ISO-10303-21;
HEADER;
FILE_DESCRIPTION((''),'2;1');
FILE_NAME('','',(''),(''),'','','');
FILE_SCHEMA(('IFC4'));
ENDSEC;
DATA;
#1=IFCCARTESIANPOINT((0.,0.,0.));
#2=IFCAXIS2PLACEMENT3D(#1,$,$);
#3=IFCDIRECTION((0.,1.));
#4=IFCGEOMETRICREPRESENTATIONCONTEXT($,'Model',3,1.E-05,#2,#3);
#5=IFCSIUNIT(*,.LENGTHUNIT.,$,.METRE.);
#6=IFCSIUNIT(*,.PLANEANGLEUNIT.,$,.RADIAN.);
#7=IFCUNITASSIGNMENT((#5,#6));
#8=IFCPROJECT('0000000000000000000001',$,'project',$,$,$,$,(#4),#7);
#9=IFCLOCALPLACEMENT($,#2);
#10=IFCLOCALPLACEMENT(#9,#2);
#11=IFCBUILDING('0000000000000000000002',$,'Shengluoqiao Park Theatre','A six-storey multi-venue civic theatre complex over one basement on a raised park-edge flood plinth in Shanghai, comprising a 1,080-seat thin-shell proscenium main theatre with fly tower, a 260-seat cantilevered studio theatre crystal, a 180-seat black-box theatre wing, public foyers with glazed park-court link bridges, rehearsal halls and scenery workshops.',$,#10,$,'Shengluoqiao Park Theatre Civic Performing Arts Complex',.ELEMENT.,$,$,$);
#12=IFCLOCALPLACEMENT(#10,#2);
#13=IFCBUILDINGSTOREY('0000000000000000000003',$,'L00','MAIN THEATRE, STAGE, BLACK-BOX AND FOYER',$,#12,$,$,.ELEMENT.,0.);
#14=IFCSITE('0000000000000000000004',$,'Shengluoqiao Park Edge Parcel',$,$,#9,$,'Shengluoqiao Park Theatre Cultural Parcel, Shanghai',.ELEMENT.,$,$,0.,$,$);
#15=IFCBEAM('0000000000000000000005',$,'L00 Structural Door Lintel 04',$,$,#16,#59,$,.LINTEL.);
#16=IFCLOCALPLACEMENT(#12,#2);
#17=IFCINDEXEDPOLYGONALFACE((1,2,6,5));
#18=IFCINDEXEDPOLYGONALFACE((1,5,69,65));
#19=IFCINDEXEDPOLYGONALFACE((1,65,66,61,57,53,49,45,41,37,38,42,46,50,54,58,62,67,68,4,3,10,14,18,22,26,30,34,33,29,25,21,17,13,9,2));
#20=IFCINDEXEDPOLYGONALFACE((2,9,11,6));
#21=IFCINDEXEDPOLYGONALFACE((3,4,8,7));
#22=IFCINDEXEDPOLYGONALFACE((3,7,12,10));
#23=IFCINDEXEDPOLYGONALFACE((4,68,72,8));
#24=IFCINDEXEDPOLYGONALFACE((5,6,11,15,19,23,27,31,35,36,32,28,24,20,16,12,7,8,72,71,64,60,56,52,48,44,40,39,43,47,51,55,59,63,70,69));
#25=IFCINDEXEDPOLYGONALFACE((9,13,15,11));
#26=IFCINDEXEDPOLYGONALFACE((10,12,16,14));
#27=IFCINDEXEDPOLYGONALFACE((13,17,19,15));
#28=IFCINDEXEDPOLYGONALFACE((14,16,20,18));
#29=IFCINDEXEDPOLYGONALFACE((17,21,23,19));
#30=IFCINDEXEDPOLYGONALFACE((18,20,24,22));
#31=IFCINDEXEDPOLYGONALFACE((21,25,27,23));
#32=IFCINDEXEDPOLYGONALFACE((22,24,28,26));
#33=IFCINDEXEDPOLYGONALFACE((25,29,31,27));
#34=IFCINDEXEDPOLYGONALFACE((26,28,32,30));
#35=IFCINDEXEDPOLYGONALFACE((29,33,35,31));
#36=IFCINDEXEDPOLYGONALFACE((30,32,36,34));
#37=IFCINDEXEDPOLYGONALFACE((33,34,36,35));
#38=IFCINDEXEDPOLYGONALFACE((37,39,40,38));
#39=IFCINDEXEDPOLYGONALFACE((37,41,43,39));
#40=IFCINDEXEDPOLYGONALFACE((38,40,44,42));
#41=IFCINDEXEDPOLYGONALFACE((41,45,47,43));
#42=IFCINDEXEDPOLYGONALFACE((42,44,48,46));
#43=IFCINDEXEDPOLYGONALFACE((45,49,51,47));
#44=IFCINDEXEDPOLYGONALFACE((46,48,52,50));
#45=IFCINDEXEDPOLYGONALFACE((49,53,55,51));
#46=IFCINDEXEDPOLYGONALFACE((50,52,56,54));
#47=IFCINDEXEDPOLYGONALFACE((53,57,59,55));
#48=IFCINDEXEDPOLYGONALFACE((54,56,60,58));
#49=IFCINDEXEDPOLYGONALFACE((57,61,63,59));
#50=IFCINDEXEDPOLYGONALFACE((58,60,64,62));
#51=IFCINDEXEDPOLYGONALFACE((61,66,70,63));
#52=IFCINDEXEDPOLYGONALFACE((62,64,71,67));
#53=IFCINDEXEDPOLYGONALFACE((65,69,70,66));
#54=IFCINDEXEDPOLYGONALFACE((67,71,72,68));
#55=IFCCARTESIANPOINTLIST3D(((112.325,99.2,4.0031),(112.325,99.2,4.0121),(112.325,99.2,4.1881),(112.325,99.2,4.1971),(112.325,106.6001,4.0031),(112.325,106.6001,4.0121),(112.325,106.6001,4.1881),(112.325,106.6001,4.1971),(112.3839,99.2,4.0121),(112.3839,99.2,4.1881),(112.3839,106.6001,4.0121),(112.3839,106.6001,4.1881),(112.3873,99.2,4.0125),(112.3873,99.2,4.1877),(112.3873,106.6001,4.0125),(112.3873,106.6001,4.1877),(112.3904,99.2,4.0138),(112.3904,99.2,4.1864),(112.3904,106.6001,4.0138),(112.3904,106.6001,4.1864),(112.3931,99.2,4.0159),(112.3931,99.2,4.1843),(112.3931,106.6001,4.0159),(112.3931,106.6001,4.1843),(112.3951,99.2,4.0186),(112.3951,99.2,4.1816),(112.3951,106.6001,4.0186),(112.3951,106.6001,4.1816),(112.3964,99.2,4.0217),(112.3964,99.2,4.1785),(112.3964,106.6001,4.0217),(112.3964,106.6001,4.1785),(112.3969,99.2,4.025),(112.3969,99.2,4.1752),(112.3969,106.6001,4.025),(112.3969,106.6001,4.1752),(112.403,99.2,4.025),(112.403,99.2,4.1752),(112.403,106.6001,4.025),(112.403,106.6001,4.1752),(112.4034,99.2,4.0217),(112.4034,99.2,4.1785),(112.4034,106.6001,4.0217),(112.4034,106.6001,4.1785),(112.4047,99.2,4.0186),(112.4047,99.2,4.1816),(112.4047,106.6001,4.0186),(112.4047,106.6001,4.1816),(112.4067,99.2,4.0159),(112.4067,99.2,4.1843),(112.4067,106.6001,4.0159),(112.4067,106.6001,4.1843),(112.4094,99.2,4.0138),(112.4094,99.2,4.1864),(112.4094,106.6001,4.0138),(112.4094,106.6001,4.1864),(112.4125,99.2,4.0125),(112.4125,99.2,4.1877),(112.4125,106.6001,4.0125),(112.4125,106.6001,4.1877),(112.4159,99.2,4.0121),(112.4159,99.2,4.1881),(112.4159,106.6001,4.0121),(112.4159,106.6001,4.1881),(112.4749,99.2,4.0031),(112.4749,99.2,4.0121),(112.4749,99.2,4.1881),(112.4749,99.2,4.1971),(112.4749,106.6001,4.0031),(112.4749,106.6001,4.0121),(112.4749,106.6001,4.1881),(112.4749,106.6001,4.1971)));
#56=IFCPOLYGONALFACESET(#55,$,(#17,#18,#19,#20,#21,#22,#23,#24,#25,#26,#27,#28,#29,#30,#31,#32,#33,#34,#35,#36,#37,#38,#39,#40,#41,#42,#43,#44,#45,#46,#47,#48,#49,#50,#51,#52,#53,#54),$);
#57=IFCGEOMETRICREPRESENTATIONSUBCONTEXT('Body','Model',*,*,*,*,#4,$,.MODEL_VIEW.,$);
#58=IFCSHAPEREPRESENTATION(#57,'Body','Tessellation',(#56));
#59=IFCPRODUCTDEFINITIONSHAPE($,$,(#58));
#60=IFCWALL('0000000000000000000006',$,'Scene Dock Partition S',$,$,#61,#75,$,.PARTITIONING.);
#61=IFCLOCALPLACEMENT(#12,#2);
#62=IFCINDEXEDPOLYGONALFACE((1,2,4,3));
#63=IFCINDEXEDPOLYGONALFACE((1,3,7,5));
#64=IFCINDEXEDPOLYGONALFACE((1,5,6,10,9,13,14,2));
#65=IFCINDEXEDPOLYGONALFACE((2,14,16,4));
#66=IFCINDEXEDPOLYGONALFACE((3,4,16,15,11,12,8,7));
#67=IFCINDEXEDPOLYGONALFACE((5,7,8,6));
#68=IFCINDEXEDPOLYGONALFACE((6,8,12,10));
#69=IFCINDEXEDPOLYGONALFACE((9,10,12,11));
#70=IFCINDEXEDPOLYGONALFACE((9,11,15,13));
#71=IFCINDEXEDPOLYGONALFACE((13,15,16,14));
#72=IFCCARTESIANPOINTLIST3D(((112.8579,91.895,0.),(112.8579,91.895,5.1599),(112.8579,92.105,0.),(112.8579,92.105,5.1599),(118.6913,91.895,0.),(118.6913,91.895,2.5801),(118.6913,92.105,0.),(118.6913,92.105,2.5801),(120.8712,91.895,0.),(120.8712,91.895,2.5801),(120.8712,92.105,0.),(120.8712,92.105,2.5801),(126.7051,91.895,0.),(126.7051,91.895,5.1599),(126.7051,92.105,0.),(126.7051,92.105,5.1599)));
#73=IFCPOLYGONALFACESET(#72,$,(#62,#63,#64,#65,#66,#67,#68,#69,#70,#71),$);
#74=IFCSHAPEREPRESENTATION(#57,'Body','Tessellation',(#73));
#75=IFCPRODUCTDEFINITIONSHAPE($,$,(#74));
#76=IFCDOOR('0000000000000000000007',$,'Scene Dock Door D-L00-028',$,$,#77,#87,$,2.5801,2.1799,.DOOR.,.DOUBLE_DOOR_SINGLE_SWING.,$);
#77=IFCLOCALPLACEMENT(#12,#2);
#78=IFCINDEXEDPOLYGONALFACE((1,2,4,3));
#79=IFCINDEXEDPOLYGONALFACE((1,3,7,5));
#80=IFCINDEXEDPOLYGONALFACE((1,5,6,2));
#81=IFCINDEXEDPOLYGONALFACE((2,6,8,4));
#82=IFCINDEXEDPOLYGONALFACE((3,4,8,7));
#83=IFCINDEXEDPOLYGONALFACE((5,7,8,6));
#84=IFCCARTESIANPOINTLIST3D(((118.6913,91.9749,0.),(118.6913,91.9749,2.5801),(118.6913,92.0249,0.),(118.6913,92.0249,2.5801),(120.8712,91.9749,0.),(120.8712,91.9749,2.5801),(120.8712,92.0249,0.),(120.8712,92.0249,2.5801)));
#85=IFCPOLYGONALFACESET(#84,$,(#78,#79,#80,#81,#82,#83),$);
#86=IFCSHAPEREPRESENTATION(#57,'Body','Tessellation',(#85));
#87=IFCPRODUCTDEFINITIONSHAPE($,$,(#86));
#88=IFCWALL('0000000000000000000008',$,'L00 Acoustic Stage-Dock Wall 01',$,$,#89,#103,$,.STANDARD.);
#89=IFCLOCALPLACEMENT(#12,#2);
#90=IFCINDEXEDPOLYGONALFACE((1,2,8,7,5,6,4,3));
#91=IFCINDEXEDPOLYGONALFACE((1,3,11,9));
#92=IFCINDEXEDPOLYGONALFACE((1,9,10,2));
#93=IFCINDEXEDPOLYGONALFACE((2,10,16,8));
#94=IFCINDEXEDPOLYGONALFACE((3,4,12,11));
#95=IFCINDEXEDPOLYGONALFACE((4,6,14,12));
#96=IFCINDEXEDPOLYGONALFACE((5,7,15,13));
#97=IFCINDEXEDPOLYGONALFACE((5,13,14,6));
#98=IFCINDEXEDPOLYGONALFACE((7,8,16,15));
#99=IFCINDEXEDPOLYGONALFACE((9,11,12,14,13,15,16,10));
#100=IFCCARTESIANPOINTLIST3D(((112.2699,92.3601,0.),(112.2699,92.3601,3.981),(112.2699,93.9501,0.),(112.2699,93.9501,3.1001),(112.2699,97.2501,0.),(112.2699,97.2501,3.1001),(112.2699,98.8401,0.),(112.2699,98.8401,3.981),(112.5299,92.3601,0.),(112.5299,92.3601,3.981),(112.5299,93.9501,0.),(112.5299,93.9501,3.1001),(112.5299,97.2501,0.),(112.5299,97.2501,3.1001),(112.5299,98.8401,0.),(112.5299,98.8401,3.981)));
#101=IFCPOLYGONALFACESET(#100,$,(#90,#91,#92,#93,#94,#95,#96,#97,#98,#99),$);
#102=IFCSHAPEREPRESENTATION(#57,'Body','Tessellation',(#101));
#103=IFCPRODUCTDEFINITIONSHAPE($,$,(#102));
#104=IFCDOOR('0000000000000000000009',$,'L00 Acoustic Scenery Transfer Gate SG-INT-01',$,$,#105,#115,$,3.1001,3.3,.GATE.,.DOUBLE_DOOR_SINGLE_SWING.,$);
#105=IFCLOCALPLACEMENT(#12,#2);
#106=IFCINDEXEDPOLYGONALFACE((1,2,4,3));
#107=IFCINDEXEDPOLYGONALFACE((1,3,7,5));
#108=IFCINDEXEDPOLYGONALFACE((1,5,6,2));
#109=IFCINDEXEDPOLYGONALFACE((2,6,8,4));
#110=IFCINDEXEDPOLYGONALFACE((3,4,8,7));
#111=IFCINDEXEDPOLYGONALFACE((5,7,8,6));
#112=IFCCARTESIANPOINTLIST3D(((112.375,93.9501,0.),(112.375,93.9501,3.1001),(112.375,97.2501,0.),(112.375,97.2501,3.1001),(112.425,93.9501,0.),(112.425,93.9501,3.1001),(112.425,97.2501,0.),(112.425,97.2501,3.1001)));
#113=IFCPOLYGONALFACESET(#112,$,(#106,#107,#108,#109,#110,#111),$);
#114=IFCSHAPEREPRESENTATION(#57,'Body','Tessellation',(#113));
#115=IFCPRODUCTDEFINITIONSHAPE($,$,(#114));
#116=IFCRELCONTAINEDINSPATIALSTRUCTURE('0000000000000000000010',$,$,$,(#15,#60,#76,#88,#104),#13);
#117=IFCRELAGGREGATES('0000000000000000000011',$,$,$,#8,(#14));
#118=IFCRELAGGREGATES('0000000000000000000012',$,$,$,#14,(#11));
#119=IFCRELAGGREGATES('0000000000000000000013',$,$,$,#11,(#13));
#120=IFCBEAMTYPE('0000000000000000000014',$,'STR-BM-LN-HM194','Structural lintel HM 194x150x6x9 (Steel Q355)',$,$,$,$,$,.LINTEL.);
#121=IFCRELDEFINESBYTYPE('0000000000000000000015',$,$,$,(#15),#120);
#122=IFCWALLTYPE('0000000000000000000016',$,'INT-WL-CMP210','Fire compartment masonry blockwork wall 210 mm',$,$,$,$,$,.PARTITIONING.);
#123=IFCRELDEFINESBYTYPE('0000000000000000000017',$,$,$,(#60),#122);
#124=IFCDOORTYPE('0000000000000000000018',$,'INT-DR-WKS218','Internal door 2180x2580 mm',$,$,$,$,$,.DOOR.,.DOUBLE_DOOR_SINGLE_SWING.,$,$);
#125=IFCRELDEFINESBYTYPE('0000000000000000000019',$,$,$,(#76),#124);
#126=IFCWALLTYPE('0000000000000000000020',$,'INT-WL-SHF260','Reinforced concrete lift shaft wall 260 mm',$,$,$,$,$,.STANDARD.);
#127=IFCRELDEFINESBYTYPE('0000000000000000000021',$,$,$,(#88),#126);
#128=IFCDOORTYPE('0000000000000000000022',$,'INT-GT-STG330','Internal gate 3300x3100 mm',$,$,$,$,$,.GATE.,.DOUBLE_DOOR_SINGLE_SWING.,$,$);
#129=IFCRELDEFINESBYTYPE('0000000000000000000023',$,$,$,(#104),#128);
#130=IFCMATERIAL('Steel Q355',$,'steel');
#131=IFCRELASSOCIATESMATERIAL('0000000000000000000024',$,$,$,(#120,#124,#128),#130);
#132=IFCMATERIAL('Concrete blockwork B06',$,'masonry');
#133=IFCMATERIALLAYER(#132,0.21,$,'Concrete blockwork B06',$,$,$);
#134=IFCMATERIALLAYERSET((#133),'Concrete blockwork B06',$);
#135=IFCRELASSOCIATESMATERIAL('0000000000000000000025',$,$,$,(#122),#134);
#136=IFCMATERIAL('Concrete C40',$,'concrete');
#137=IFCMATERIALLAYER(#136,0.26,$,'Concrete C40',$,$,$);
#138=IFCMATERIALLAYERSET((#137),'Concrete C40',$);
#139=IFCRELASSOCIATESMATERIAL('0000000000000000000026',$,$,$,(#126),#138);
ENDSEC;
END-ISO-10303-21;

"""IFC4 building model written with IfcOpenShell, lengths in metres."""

from ifc_helpers import new_model, si_unit, direction, frame, frame_2d, origin, origin_2d, place, context, subcontext, project, spatial, rectangle, i_section, extrude, material, layer, layer_set, material_profile, profile_set, type_object, element, fill, save


model = new_model("IFC4")

# Units and contexts
model_context = context("Model", 3, precision=1e-05, world=origin(), true_north=direction((0.0, 1.0)))
body_context = subcontext(model_context, "Body", "Model", "MODEL_VIEW")
ifc_project = project(units=[si_unit("LENGTHUNIT", "METRE"), si_unit("PLANEANGLEUNIT", "RADIAN")], contexts=[model_context])

# Site, building, storey
site_placement = place(None, origin())
site = spatial("IfcSite", under=ifc_project, at=site_placement, Name="Shengluoqiao Park Edge Parcel", LongName="Shengluoqiao Park Theatre Cultural Parcel, Shanghai", CompositionType="ELEMENT", RefElevation=0.0)
building_placement = place(site_placement, origin())
building = spatial("IfcBuilding", under=site, at=building_placement, Name="Shengluoqiao Park Theatre", Description="A six-storey multi-venue civic theatre complex over one basement on a raised park-edge flood plinth in Shanghai, comprising a 1,080-seat thin-shell proscenium main theatre with fly tower, a 260-seat cantilevered studio theatre crystal, a 180-seat black-box theatre wing, public foyers with glazed park-court link bridges, rehearsal halls and scenery workshops.", LongName="Shengluoqiao Park Theatre Civic Performing Arts Complex", CompositionType="ELEMENT")
storey_placement = place(building_placement, origin())
storey = spatial("IfcBuildingStorey", under=building, at=storey_placement, Name="L00", Description="MAIN THEATRE, STAGE, BLACK-BOX AND FOYER", CompositionType="ELEMENT", Elevation=0.0)

# Beam
ifc_material_1 = material(Name="Concrete C40", Category="concrete")
ifc_material_2 = material(Name="Steel Q355", Category="steel")
ifc_material_profile_1 = material_profile(ifc_material_2, i_section(OverallWidth=0.1499, OverallDepth=0.1941, WebThickness=0.0061, FlangeThickness=0.009, FilletRadius=0.0129, at=origin_2d()), Name="HM 194x150x6x9")
ifc_profile_set_1 = profile_set([ifc_material_profile_1], Name="Steel Q355")
beam_type_1 = type_object("IfcBeamType", Name="STR-BM-LN-HM194", Description="Structural lintel HM 194x150x6x9 (Steel Q355)", PredefinedType="LINTEL", material=ifc_profile_set_1)
beam_1_placement = place(storey_placement, frame((112.3999, 99.2, 4.1001), z_axis=(0.0, 1.0, 0.0), x_axis=(-1.0, 0.0, 0.0)))
element("IfcBeam", 1, at=beam_1_placement, inside=storey, type_object=beam_type_1, Name="L00 Structural Door Lintel 04", PredefinedType="LINTEL", context=body_context, shape_type="SweptSolid", body=[
    extrude(i_section(OverallWidth=0.1499, OverallDepth=0.1941, WebThickness=0.0061, FlangeThickness=0.009, FilletRadius=0.0129, at=origin_2d()), origin(), (0.0, 0.0, 1.0), 7.4001),
])

# Walls, openings, doors
ifc_material_3 = material(Name="Concrete blockwork B06", Category="masonry")
ifc_layer_1 = layer(ifc_material_3, 0.21, Name="Concrete blockwork B06")
ifc_layer_set_1 = layer_set([ifc_layer_1], Name="Concrete blockwork B06")
wall_type_1 = type_object("IfcWallType", Name="INT-WL-CMP210", Description="Fire compartment masonry blockwork wall 210 mm", PredefinedType="PARTITIONING", material=ifc_layer_set_1)
wall_1_placement = place(storey_placement, frame((112.8579, 92.0, 0.0), z_axis=(0.0, 0.0, 1.0), x_axis=(1.0, 0.0, 0.0)))
wall_1 = element("IfcWall", 2, at=wall_1_placement, inside=storey, type_object=wall_type_1, Name="Scene Dock Partition S", PredefinedType="PARTITIONING", context=body_context, shape_type="SweptSolid", body=[
    extrude(rectangle(XDim=13.8472, YDim=0.21, at=frame_2d((6.9236, 0.0))), origin(), (0.0, 0.0, 1.0), 5.1599),
])
opening_1_placement = place(wall_1_placement, frame((5.8335, 0.0, 0.0)))
opening_1 = element("IfcOpeningElement", 3, at=opening_1_placement, cuts=wall_1, PredefinedType="OPENING", context=body_context, shape_type="SweptSolid", body=[
    extrude(rectangle(XDim=2.1799, YDim=2.5801, at=frame_2d((1.0898, 1.29))), frame((0.0, 0.115, 0.0), z_axis=(0.0, -1.0, 0.0), x_axis=(1.0, 0.0, 0.0)), (0.0, 0.0, 1.0), 0.23),
])
door_type_1 = type_object("IfcDoorType", Name="INT-DR-WKS218", Description="Internal door 2180x2580 mm", OperationType="DOUBLE_DOOR_SINGLE_SWING", PredefinedType="DOOR", material=ifc_material_2)
door_1_placement = place(opening_1_placement, origin())
door_1 = element("IfcDoor", 4, at=door_1_placement, inside=storey, type_object=door_type_1, Name="Scene Dock Door D-L00-028", OperationType="DOUBLE_DOOR_SINGLE_SWING", OverallHeight=2.5801, OverallWidth=2.1799, PredefinedType="DOOR", context=body_context, shape_type="SweptSolid", body=[
    extrude(rectangle(XDim=2.1799, YDim=2.5801, at=frame_2d((1.0898, 1.29))), frame((0.0, 0.0249, 0.0), z_axis=(0.0, -1.0, 0.0), x_axis=(1.0, 0.0, 0.0)), (0.0, 0.0, 1.0), 0.05),
])
fill(opening_1, door_1)
ifc_layer_2 = layer(ifc_material_1, 0.26, Name="Concrete C40")
ifc_layer_set_2 = layer_set([ifc_layer_2], Name="Concrete C40")
wall_type_2 = type_object("IfcWallType", Name="INT-WL-SHF260", Description="Reinforced concrete lift shaft wall 260 mm", PredefinedType="STANDARD", material=ifc_layer_set_2)
wall_2_placement = place(storey_placement, frame((112.3999, 92.3601, 0.0), z_axis=(0.0, 0.0, 1.0), x_axis=(0.0, 1.0, 0.0)))
wall_2 = element("IfcWall", 5, at=wall_2_placement, inside=storey, type_object=wall_type_2, Name="L00 Acoustic Stage-Dock Wall 01", PredefinedType="STANDARD", context=body_context, shape_type="SweptSolid", body=[
    extrude(rectangle(XDim=6.48, YDim=0.26, at=frame_2d((3.24, 0.0))), origin(), (0.0, 0.0, 1.0), 3.981),
])
opening_2_placement = place(wall_2_placement, frame((1.5901, 0.0, 0.0)))
opening_2 = element("IfcOpeningElement", 6, at=opening_2_placement, cuts=wall_2, PredefinedType="OPENING", context=body_context, shape_type="SweptSolid", body=[
    extrude(rectangle(XDim=3.3, YDim=3.1001, at=frame_2d((1.6499, 1.55))), frame((0.0, 0.1399, 0.0), z_axis=(0.0, -1.0, 0.0), x_axis=(1.0, 0.0, 0.0)), (0.0, 0.0, 1.0), 0.28),
])
door_type_2 = type_object("IfcDoorType", Name="INT-GT-STG330", Description="Internal gate 3300x3100 mm", OperationType="DOUBLE_DOOR_SINGLE_SWING", PredefinedType="GATE", material=ifc_material_2)
door_2_placement = place(opening_2_placement, origin())
door_2 = element("IfcDoor", 7, at=door_2_placement, inside=storey, type_object=door_type_2, Name="L00 Acoustic Scenery Transfer Gate SG-INT-01", OperationType="DOUBLE_DOOR_SINGLE_SWING", OverallHeight=3.1001, OverallWidth=3.3, PredefinedType="GATE", context=body_context, shape_type="SweptSolid", body=[
    extrude(rectangle(XDim=3.3, YDim=3.1001, at=frame_2d((1.6499, 1.55))), frame((0.0, 0.0249, 0.0), z_axis=(0.0, -1.0, 0.0), x_axis=(1.0, 0.0, 0.0)), (0.0, 0.0, 1.0), 0.05),
])
fill(opening_2, door_2)

save(model, "model.ifc")
